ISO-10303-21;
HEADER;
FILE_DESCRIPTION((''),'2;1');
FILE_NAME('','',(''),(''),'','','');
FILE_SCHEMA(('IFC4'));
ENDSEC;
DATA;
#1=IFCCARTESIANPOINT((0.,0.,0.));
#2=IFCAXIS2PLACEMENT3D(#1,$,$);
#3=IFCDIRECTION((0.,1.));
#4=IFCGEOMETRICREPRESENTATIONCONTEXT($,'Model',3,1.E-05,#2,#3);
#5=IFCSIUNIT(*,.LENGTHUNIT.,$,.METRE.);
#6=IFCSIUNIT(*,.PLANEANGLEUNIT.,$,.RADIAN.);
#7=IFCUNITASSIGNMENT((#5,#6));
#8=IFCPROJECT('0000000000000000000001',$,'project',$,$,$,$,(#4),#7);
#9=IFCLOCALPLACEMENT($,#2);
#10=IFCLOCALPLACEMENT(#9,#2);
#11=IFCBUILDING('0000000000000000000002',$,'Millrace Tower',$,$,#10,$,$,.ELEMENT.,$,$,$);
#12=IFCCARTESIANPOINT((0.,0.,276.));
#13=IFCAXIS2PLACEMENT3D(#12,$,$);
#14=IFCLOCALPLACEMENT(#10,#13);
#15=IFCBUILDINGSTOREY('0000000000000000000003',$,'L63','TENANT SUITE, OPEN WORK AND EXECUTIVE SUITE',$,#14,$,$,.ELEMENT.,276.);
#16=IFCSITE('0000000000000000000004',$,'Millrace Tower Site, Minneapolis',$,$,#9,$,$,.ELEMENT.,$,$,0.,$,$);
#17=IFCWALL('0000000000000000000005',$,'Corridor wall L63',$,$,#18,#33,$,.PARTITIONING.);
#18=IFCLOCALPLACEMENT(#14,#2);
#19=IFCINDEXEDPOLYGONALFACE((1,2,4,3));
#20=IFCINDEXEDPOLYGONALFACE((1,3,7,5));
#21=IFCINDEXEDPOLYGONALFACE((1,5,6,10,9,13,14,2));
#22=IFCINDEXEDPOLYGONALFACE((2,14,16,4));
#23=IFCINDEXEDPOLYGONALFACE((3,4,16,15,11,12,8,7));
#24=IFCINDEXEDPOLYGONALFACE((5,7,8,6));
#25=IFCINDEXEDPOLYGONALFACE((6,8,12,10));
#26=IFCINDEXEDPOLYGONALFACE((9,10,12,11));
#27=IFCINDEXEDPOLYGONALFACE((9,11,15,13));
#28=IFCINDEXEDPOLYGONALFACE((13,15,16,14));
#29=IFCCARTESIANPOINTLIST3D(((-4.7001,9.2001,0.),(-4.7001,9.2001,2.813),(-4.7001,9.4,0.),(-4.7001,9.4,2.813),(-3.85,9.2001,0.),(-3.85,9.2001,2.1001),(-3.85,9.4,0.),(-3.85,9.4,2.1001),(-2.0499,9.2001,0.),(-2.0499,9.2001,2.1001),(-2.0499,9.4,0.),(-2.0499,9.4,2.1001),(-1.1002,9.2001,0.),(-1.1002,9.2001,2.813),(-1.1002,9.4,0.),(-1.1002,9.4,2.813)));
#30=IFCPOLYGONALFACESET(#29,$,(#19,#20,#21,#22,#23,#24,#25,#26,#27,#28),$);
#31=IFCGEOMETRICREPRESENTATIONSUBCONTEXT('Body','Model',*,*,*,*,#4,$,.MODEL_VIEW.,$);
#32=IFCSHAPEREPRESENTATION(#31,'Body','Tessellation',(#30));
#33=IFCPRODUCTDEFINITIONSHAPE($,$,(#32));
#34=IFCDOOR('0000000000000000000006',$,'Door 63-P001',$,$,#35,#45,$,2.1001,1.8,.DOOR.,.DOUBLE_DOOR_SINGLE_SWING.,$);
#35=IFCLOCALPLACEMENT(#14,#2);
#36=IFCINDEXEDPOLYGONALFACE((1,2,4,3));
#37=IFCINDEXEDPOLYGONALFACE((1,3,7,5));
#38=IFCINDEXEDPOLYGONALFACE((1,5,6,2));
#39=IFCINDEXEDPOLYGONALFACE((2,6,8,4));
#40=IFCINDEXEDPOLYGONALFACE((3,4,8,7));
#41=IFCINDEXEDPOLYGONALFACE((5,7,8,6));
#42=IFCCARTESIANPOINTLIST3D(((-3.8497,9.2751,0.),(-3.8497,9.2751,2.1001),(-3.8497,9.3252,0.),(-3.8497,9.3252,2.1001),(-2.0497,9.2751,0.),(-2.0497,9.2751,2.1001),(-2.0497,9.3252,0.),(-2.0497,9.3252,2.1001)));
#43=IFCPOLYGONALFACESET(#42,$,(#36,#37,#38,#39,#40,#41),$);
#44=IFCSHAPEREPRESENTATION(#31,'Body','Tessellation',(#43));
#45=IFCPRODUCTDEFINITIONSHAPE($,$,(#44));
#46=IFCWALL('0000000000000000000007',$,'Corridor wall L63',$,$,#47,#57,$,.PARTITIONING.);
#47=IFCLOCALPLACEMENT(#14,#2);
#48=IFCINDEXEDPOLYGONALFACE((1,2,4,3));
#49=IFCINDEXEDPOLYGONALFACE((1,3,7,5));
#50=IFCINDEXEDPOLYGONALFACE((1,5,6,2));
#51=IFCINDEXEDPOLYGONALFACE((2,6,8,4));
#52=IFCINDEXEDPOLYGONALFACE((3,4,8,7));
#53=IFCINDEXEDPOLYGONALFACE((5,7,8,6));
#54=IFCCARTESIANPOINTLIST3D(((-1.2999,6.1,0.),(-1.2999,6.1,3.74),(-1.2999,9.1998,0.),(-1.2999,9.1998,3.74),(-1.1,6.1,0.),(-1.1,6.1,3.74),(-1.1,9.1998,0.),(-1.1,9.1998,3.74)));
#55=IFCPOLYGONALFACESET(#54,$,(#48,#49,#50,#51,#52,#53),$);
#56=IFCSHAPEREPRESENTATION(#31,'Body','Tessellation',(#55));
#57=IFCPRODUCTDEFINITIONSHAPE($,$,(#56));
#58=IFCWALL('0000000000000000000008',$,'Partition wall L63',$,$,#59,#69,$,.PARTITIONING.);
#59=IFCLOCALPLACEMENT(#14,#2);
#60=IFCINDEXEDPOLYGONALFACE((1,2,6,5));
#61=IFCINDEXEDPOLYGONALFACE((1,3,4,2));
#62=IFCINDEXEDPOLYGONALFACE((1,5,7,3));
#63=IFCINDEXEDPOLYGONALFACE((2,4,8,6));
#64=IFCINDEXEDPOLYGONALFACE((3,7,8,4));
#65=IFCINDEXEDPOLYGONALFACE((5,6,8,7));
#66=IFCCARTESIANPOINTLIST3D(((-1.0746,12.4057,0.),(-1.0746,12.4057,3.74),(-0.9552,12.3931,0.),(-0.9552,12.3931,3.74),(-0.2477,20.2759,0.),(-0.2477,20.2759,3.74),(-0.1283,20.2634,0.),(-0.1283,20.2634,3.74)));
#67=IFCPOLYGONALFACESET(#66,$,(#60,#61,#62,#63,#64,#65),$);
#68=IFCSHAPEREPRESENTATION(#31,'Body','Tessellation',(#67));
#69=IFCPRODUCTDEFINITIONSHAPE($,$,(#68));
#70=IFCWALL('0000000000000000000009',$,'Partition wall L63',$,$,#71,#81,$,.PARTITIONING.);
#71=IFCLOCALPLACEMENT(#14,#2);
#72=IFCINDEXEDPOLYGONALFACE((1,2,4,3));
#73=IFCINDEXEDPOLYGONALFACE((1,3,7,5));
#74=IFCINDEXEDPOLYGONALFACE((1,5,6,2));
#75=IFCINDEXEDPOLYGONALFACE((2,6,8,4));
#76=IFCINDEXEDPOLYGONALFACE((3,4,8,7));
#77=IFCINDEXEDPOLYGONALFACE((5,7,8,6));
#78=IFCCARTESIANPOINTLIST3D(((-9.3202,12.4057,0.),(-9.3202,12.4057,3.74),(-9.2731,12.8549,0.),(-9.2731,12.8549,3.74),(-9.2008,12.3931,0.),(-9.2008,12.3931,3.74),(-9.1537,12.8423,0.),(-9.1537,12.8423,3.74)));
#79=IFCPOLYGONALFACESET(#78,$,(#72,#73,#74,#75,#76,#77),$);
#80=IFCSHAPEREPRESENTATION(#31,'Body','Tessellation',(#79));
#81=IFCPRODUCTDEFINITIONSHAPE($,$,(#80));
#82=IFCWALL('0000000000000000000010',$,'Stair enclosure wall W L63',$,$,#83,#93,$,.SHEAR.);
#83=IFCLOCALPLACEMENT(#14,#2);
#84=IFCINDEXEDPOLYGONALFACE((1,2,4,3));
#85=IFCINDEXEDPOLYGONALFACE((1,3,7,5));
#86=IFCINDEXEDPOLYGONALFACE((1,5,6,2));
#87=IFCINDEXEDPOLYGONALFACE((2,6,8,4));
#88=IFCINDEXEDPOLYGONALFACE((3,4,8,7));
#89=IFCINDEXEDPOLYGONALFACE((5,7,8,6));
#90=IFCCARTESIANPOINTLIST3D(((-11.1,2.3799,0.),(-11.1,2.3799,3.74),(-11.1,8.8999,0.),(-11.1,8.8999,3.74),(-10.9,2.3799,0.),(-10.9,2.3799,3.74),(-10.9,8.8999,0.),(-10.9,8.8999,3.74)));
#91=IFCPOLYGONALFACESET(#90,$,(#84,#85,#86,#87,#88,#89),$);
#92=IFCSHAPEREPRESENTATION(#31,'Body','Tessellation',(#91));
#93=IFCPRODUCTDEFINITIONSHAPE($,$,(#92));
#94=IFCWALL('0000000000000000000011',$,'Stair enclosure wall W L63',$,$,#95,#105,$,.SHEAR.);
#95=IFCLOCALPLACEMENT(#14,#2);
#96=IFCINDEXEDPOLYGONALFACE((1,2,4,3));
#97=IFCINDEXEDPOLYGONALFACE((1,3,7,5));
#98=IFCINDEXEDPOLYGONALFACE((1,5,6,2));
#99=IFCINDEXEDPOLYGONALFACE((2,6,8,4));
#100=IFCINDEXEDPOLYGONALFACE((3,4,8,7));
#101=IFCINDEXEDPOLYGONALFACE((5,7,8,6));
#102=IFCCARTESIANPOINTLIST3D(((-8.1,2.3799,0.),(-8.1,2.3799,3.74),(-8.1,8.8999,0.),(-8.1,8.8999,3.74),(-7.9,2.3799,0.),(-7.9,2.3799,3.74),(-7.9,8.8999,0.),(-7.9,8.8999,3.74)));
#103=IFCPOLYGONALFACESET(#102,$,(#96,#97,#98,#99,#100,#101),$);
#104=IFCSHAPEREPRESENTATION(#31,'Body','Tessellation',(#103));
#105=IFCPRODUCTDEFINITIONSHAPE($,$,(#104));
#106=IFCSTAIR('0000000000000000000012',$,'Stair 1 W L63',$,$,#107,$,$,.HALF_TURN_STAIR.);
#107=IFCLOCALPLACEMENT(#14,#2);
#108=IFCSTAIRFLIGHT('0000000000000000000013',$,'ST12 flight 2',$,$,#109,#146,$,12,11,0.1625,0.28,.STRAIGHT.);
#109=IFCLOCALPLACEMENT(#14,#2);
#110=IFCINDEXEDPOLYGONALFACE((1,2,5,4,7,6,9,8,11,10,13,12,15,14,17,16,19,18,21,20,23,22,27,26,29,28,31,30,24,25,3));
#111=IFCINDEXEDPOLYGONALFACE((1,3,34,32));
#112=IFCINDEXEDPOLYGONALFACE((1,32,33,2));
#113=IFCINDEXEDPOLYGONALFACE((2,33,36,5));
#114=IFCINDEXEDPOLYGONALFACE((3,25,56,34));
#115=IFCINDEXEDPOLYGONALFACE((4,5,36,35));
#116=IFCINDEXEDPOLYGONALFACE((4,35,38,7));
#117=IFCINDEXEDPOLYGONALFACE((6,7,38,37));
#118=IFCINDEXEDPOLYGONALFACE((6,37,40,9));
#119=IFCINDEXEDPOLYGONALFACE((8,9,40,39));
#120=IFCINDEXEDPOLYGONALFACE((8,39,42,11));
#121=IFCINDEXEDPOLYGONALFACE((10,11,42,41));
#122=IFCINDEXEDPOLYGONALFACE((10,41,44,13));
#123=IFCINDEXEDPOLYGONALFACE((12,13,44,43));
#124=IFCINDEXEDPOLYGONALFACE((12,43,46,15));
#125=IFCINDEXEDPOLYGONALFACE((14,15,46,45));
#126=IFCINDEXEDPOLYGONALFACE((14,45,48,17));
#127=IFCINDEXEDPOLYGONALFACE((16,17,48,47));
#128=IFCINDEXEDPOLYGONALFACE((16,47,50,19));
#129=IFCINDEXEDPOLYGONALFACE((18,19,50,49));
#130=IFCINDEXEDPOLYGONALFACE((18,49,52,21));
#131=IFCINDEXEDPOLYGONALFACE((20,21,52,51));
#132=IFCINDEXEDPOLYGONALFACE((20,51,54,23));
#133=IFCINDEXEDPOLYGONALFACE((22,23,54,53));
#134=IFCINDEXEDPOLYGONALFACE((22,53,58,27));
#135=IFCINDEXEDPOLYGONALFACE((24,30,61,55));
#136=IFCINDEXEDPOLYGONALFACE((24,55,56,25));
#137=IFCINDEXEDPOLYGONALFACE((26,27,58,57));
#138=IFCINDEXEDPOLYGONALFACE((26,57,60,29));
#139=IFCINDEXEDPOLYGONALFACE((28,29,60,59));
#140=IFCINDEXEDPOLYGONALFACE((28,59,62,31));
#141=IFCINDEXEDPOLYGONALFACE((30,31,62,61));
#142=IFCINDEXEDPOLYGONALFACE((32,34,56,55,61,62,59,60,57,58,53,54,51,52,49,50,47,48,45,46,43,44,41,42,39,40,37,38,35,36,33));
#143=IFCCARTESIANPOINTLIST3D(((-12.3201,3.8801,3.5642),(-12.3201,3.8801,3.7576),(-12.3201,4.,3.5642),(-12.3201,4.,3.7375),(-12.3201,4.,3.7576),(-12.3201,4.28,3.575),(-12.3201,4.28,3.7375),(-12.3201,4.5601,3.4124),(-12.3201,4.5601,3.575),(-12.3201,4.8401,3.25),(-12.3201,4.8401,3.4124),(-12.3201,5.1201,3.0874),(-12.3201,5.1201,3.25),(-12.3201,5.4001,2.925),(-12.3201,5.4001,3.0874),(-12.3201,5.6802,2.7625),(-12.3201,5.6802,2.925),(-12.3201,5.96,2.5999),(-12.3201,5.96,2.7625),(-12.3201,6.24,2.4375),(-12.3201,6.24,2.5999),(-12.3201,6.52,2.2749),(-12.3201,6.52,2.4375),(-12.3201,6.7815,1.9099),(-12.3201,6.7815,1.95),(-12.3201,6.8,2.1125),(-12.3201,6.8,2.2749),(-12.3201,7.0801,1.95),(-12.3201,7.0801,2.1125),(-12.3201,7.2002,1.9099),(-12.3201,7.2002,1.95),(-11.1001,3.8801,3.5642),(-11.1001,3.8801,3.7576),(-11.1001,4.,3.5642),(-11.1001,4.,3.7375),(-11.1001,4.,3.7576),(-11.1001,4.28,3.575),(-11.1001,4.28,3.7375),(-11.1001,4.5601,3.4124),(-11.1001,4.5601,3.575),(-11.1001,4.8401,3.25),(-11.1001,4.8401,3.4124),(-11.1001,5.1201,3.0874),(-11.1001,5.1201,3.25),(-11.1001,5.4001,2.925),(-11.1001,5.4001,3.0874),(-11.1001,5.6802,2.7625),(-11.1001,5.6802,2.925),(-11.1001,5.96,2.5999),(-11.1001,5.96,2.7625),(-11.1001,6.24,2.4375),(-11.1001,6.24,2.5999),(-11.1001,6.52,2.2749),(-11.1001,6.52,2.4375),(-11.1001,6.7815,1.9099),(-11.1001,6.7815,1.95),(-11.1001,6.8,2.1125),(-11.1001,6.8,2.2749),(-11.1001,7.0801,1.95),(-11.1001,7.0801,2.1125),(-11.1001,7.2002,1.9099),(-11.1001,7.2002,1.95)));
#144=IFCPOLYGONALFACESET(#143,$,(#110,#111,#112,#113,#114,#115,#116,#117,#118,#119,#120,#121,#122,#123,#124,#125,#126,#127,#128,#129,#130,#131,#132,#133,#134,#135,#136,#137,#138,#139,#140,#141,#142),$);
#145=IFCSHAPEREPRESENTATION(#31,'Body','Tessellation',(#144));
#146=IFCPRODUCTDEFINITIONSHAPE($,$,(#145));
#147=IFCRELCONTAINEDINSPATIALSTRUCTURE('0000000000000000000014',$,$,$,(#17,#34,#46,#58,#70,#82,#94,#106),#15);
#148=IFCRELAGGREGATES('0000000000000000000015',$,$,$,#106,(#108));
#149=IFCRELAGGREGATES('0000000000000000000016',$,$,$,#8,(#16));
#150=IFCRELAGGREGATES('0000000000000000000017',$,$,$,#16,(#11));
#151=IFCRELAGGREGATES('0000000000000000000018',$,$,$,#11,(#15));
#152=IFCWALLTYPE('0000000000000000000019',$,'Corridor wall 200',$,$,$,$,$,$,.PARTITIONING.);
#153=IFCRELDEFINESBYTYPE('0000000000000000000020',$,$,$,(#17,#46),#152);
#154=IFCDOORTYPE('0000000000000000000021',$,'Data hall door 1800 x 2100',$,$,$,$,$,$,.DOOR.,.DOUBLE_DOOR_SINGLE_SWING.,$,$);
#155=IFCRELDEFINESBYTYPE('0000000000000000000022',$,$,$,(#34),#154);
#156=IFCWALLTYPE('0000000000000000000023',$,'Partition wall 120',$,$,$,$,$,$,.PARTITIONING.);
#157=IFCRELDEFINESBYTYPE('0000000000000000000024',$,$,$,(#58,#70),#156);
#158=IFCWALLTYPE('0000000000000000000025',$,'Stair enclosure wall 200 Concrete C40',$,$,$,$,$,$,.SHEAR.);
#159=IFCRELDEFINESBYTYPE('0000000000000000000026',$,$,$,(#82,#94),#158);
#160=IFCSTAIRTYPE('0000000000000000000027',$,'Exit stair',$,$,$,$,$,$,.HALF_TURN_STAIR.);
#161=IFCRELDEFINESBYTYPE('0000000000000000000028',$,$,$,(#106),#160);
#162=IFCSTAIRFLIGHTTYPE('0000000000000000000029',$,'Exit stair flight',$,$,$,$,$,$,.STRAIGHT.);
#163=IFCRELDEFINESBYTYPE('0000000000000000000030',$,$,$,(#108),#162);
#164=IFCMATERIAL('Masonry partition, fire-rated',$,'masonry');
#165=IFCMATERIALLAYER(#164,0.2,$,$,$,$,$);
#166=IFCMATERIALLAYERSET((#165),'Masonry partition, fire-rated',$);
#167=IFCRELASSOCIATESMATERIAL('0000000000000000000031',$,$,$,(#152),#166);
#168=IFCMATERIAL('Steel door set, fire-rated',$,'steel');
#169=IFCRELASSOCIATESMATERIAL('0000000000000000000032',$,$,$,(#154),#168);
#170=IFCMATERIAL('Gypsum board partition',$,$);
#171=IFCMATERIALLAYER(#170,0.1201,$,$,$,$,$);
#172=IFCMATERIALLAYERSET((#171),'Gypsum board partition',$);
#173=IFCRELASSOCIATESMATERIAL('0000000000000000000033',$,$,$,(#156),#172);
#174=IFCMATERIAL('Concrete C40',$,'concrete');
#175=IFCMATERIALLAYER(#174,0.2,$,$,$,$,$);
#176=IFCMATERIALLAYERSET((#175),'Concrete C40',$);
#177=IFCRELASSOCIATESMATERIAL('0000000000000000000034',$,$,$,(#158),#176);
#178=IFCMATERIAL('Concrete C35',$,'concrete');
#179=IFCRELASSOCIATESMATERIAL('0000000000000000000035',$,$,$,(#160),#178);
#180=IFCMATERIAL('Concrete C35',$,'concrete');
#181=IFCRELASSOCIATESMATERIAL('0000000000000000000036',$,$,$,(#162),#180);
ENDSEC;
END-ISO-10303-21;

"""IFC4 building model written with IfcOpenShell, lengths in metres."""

from ifc_helpers import new_model, si_unit, direction, frame, frame_2d, origin, place, context, subcontext, project, spatial, polyline, rectangle, outline, extrude, material, layer, layer_set, type_object, element, fill, aggregate, save


model = new_model("IFC4")

# Units and contexts
model_context = context("Model", 3, precision=1e-05, world=origin(), true_north=direction((0.0, 1.0)))
body_context = subcontext(model_context, "Body", "Model", "MODEL_VIEW")
ifc_project = project(units=[si_unit("LENGTHUNIT", "METRE"), si_unit("PLANEANGLEUNIT", "RADIAN")], contexts=[model_context])

# Site, building, storey
site_placement = place(None, origin())
site = spatial("IfcSite", under=ifc_project, at=site_placement, Name="Millrace Tower Site, Minneapolis", CompositionType="ELEMENT", RefElevation=0.0)
building_placement = place(site_placement, origin())
building = spatial("IfcBuilding", under=site, at=building_placement, Name="Millrace Tower", CompositionType="ELEMENT")
storey_placement = place(building_placement, frame((0.0, 0.0, 276.0)))
storey = spatial("IfcBuildingStorey", under=building, at=storey_placement, Name="L63", Description="TENANT SUITE, OPEN WORK AND EXECUTIVE SUITE", CompositionType="ELEMENT", Elevation=276.0)

# Shared definitions
ifc_material_1 = material(Name="Masonry partition, fire-rated", Category="masonry")
ifc_layer_1 = layer(ifc_material_1, 0.2)
ifc_layer_set_1 = layer_set([ifc_layer_1], Name="Masonry partition, fire-rated")
wall_type_1 = type_object("IfcWallType", Name="Corridor wall 200", PredefinedType="PARTITIONING", material=ifc_layer_set_1)

# Wall, opening, door
wall_1_placement = place(storey_placement, frame((-4.7, 9.3, 0.0), z_axis=(0.0, 0.0, 1.0), x_axis=(1.0, 0.0, 0.0)))
wall_1 = element("IfcWall", 1, at=wall_1_placement, inside=storey, type_object=wall_type_1, Name="Corridor wall L63", PredefinedType="PARTITIONING", context=body_context, shape_type="SweptSolid", body=[
    extrude(rectangle(XDim=3.5999, YDim=0.2, at=frame_2d((1.7998, 0.0))), origin(), (0.0, 0.0, 1.0), 2.813),
])
opening_placement = place(wall_1_placement, frame((0.8501, 0.0, 0.0)))
opening = element("IfcOpeningElement", 2, at=opening_placement, cuts=wall_1, PredefinedType="OPENING", context=body_context, shape_type="SweptSolid", body=[
    extrude(rectangle(XDim=1.8, YDim=2.1001, at=frame_2d((0.8999, 1.05))), frame((0.0, 0.1099, 0.0), z_axis=(0.0, -1.0, 0.0), x_axis=(1.0, 0.0, 0.0)), (0.0, 0.0, 1.0), 0.22),
])
ifc_material_2 = material(Name="Steel door set, fire-rated", Category="steel")
door_type = type_object("IfcDoorType", Name="Data hall door 1800 x 2100", OperationType="DOUBLE_DOOR_SINGLE_SWING", PredefinedType="DOOR", material=ifc_material_2)
door_placement = place(opening_placement, frame((1.8, 0.0, 0.0), z_axis=(0.0, 0.0, 1.0), x_axis=(-1.0, 0.0, 0.0)))
door = element("IfcDoor", 3, at=door_placement, inside=storey, type_object=door_type, Name="Door 63-P001", OperationType="DOUBLE_DOOR_SINGLE_SWING", OverallHeight=2.1001, OverallWidth=1.8, PredefinedType="DOOR", context=body_context, shape_type="SweptSolid", body=[
    extrude(rectangle(XDim=1.8, YDim=2.1001, at=frame_2d((0.8999, 1.05))), frame((0.0, 0.0249, 0.0), z_axis=(0.0, -1.0, 0.0), x_axis=(1.0, 0.0, 0.0)), (0.0, 0.0, 1.0), 0.05),
])
fill(opening, door)

# Walls
wall_2_placement = place(storey_placement, frame((-1.2, 6.1001, 0.0), z_axis=(0.0, 0.0, 1.0), x_axis=(0.0, 1.0, 0.0)))
element("IfcWall", 4, at=wall_2_placement, inside=storey, type_object=wall_type_1, Name="Corridor wall L63", PredefinedType="PARTITIONING", context=body_context, shape_type="SweptSolid", body=[
    extrude(rectangle(XDim=3.0999, YDim=0.2, at=frame_2d((1.5498, 0.0))), origin(), (0.0, 0.0, 1.0), 3.74),
])
ifc_material_3 = material(Name="Gypsum board partition")
ifc_layer_2 = layer(ifc_material_3, 0.1201)
ifc_layer_set_2 = layer_set([ifc_layer_2], Name="Gypsum board partition")
wall_type_2 = type_object("IfcWallType", Name="Partition wall 120", PredefinedType="PARTITIONING", material=ifc_layer_set_2)
wall_3_placement = place(storey_placement, frame((-1.0149, 12.3994, 0.0), z_axis=(0.0, 0.0, 1.0), x_axis=(0.10449, 0.994526, 0.0)))
element("IfcWall", 5, at=wall_3_placement, inside=storey, type_object=wall_type_2, Name="Partition wall L63", PredefinedType="PARTITIONING", context=body_context, shape_type="SweptSolid", body=[
    extrude(rectangle(XDim=7.9136, YDim=0.1201, at=frame_2d((3.9568, 0.0))), origin(), (0.0, 0.0, 1.0), 3.74),
])
wall_4_placement = place(storey_placement, frame((-9.2605, 12.3994, 0.0), z_axis=(0.0, 0.0, 1.0), x_axis=(0.104319, 0.994544, 0.0)))
element("IfcWall", 6, at=wall_4_placement, inside=storey, type_object=wall_type_2, Name="Partition wall L63", PredefinedType="PARTITIONING", context=body_context, shape_type="SweptSolid", body=[
    extrude(rectangle(XDim=0.4517, YDim=0.1201, at=frame_2d((0.2258, 0.0))), origin(), (0.0, 0.0, 1.0), 3.74),
])
ifc_material_4 = material(Name="Concrete C40", Category="concrete")
ifc_layer_3 = layer(ifc_material_4, 0.2)
ifc_layer_set_3 = layer_set([ifc_layer_3], Name="Concrete C40")
wall_type_3 = type_object("IfcWallType", Name="Stair enclosure wall 200 Concrete C40", PredefinedType="SHEAR", material=ifc_layer_set_3)
for number, where, z_axis, x_axis, name in (
    (7, (-11.0, 2.3799, 0.0), (0.0, 0.0, 1.0), (0.0, 1.0, 0.0), "Stair enclosure wall W L63"),
    (8, (-8.0, 2.3799, 0.0), (0.0, 0.0, 1.0), (0.0, 1.0, 0.0), "Stair enclosure wall W L63"),
):
    element("IfcWall", number, at=place(storey_placement, frame(where, z_axis=z_axis, x_axis=x_axis)), inside=storey, type_object=wall_type_3, Name=name, PredefinedType="SHEAR", context=body_context, shape_type="SweptSolid", body=[
        extrude(rectangle(XDim=6.52, YDim=0.2, at=frame_2d((3.26, 0.0))), origin(), (0.0, 0.0, 1.0), 3.74),
    ])

# Stair, stair flight
ifc_material_5 = material(Name="Concrete C35", Category="concrete")
stair_type = type_object("IfcStairType", Name="Exit stair", PredefinedType="HALF_TURN_STAIR", material=ifc_material_5)
placement = place(storey_placement, origin())
stair_1 = element("IfcStair", 9, at=placement, inside=storey, type_object=stair_type, Name="Stair 1 W L63", PredefinedType="HALF_TURN_STAIR")
ifc_material_6 = material(Name="Concrete C35", Category="concrete")
stair_flight_type = type_object("IfcStairFlightType", Name="Exit stair flight", PredefinedType="STRAIGHT", material=ifc_material_6)
stair_flight_1_placement = place(storey_placement, frame((-11.71, 7.0801, 1.95), z_axis=(0.0, 0.0, 1.0), x_axis=(0.0, -1.0, 0.0)))
stair_flight_1 = element("IfcStairFlight", 10, at=stair_flight_1_placement, type_object=stair_flight_type, Name="ST12 flight 2", NumberOfRisers=12, NumberOfTreads=11, PredefinedType="STRAIGHT", RiserHeight=0.1625, TreadLength=0.28, context=body_context, shape_type="SweptSolid", body=[
    extrude(outline(polyline([(-0.1201, -0.04), (-0.1201, 0.0), (0.0, 0.0), (0.0, 0.1626), (0.28, 0.1626), (0.28, 0.325), (0.5601, 0.325), (0.5601, 0.4875), (0.8401, 0.4875), (0.8401, 0.6499), (1.1201, 0.6499), (1.1201, 0.8125), (1.3999, 0.8125), (1.3999, 0.9751), (1.6799, 0.9751), (1.6799, 1.1375), (1.96, 1.1375), (1.96, 1.3), (2.24, 1.3), (2.24, 1.4624), (2.52, 1.4624), (2.52, 1.625), (2.8, 1.625), (2.8, 1.7876), (3.0801, 1.7876), (3.0801, 1.8076), (3.2, 1.8076), (3.2, 1.6143), (3.0801, 1.6143), (0.2986, 0.0), (0.2986, -0.04), (-0.1201, -0.04)])), frame((0.0, 0.6099, 0.0), z_axis=(0.0, -1.0, 0.0), x_axis=(1.0, 0.0, 0.0)), (0.0, 0.0, 1.0), 1.22),
])
aggregate(stair_1, [stair_flight_1])

save(model, "model.ifc")
